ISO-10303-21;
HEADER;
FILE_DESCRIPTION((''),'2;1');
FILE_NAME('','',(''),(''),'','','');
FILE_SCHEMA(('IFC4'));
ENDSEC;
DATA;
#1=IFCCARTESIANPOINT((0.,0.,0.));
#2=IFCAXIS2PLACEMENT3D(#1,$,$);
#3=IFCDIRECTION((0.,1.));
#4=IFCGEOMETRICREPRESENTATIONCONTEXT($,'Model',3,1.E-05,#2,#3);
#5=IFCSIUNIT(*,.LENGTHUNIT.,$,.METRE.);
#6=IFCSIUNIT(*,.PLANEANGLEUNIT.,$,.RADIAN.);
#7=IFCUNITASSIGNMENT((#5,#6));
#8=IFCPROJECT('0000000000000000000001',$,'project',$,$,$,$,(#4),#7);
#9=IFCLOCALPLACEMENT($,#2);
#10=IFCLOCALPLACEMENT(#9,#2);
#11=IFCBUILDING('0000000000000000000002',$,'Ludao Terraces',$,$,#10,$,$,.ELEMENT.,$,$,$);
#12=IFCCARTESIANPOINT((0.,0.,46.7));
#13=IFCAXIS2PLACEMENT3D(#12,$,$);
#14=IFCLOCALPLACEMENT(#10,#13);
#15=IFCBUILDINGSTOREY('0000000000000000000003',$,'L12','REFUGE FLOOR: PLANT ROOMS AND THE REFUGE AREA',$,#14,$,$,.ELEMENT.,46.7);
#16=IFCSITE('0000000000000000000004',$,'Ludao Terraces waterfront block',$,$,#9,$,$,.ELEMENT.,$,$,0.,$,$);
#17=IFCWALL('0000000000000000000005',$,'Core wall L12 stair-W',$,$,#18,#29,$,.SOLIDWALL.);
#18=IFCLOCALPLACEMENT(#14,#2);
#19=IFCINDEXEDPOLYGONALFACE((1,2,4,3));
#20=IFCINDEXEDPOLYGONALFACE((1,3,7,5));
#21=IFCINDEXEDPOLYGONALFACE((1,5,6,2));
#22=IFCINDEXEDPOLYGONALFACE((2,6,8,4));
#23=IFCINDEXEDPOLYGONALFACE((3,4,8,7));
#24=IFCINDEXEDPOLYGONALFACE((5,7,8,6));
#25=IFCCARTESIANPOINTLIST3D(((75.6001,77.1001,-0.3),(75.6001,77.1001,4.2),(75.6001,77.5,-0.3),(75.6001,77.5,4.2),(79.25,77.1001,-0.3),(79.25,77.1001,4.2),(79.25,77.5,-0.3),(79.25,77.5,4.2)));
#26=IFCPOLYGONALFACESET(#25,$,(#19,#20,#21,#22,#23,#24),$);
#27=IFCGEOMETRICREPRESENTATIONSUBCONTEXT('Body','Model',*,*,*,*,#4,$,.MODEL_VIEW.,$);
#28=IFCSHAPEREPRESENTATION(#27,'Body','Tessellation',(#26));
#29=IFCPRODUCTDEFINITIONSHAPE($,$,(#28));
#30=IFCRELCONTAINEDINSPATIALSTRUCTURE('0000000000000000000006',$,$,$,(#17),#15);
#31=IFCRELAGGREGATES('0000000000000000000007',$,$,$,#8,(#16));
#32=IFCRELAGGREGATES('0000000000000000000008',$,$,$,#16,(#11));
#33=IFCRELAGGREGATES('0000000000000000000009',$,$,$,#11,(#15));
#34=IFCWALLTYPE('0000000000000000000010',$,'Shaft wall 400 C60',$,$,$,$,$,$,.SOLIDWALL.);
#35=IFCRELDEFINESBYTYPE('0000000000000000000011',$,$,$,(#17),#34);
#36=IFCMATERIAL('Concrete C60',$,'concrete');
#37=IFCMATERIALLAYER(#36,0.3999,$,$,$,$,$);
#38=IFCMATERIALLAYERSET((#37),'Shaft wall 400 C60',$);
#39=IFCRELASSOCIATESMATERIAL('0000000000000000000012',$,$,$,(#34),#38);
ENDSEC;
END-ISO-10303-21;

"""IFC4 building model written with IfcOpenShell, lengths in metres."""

from ifc_helpers import new_model, si_unit, direction, frame, frame_2d, origin, place, context, subcontext, project, spatial, rectangle, extrude, material, layer, layer_set, type_object, element, save


model = new_model("IFC4")

# Units and contexts
model_context = context("Model", 3, precision=1e-05, world=origin(), true_north=direction((0.0, 1.0)))
body_context = subcontext(model_context, "Body", "Model", "MODEL_VIEW")
ifc_project = project(units=[si_unit("LENGTHUNIT", "METRE"), si_unit("PLANEANGLEUNIT", "RADIAN")], contexts=[model_context])

# Site, building, storey
site_placement = place(None, origin())
site = spatial("IfcSite", under=ifc_project, at=site_placement, Name="Ludao Terraces waterfront block", CompositionType="ELEMENT", RefElevation=0.0)
building_placement = place(site_placement, origin())
building = spatial("IfcBuilding", under=site, at=building_placement, Name="Ludao Terraces", CompositionType="ELEMENT")
storey_placement = place(building_placement, frame((0.0, 0.0, 46.7)))
storey = spatial("IfcBuildingStorey", under=building, at=storey_placement, Name="L12", Description="REFUGE FLOOR: PLANT ROOMS AND THE REFUGE AREA", CompositionType="ELEMENT", Elevation=46.7)

# Shared definitions
ifc_material_1 = material(Name="Concrete C60", Category="concrete")
ifc_layer_1 = layer(ifc_material_1, 0.3999)
ifc_layer_set_1 = layer_set([ifc_layer_1], Name="Shaft wall 400 C60")
wall_type_1 = type_object("IfcWallType", Name="Shaft wall 400 C60", PredefinedType="SOLIDWALL", material=ifc_layer_set_1)

# Wall
for number, where, z_axis, x_axis, name in (
    (1, (75.6001, 77.3, -0.3), (0.0, 0.0, 1.0), (1.0, 0.0, 0.0), "Core wall L12 stair-W"),
):
    element("IfcWall", number, at=place(storey_placement, frame(where, z_axis=z_axis, x_axis=x_axis)), inside=storey, type_object=wall_type_1, Name=name, PredefinedType="SOLIDWALL", context=body_context, shape_type="SweptSolid", body=[
        extrude(rectangle(XDim=3.6499, YDim=0.3999, at=frame_2d((1.825, 0.0))), origin(), (0.0, 0.0, 1.0), 4.5),
    ])

save(model, "model.ifc")
